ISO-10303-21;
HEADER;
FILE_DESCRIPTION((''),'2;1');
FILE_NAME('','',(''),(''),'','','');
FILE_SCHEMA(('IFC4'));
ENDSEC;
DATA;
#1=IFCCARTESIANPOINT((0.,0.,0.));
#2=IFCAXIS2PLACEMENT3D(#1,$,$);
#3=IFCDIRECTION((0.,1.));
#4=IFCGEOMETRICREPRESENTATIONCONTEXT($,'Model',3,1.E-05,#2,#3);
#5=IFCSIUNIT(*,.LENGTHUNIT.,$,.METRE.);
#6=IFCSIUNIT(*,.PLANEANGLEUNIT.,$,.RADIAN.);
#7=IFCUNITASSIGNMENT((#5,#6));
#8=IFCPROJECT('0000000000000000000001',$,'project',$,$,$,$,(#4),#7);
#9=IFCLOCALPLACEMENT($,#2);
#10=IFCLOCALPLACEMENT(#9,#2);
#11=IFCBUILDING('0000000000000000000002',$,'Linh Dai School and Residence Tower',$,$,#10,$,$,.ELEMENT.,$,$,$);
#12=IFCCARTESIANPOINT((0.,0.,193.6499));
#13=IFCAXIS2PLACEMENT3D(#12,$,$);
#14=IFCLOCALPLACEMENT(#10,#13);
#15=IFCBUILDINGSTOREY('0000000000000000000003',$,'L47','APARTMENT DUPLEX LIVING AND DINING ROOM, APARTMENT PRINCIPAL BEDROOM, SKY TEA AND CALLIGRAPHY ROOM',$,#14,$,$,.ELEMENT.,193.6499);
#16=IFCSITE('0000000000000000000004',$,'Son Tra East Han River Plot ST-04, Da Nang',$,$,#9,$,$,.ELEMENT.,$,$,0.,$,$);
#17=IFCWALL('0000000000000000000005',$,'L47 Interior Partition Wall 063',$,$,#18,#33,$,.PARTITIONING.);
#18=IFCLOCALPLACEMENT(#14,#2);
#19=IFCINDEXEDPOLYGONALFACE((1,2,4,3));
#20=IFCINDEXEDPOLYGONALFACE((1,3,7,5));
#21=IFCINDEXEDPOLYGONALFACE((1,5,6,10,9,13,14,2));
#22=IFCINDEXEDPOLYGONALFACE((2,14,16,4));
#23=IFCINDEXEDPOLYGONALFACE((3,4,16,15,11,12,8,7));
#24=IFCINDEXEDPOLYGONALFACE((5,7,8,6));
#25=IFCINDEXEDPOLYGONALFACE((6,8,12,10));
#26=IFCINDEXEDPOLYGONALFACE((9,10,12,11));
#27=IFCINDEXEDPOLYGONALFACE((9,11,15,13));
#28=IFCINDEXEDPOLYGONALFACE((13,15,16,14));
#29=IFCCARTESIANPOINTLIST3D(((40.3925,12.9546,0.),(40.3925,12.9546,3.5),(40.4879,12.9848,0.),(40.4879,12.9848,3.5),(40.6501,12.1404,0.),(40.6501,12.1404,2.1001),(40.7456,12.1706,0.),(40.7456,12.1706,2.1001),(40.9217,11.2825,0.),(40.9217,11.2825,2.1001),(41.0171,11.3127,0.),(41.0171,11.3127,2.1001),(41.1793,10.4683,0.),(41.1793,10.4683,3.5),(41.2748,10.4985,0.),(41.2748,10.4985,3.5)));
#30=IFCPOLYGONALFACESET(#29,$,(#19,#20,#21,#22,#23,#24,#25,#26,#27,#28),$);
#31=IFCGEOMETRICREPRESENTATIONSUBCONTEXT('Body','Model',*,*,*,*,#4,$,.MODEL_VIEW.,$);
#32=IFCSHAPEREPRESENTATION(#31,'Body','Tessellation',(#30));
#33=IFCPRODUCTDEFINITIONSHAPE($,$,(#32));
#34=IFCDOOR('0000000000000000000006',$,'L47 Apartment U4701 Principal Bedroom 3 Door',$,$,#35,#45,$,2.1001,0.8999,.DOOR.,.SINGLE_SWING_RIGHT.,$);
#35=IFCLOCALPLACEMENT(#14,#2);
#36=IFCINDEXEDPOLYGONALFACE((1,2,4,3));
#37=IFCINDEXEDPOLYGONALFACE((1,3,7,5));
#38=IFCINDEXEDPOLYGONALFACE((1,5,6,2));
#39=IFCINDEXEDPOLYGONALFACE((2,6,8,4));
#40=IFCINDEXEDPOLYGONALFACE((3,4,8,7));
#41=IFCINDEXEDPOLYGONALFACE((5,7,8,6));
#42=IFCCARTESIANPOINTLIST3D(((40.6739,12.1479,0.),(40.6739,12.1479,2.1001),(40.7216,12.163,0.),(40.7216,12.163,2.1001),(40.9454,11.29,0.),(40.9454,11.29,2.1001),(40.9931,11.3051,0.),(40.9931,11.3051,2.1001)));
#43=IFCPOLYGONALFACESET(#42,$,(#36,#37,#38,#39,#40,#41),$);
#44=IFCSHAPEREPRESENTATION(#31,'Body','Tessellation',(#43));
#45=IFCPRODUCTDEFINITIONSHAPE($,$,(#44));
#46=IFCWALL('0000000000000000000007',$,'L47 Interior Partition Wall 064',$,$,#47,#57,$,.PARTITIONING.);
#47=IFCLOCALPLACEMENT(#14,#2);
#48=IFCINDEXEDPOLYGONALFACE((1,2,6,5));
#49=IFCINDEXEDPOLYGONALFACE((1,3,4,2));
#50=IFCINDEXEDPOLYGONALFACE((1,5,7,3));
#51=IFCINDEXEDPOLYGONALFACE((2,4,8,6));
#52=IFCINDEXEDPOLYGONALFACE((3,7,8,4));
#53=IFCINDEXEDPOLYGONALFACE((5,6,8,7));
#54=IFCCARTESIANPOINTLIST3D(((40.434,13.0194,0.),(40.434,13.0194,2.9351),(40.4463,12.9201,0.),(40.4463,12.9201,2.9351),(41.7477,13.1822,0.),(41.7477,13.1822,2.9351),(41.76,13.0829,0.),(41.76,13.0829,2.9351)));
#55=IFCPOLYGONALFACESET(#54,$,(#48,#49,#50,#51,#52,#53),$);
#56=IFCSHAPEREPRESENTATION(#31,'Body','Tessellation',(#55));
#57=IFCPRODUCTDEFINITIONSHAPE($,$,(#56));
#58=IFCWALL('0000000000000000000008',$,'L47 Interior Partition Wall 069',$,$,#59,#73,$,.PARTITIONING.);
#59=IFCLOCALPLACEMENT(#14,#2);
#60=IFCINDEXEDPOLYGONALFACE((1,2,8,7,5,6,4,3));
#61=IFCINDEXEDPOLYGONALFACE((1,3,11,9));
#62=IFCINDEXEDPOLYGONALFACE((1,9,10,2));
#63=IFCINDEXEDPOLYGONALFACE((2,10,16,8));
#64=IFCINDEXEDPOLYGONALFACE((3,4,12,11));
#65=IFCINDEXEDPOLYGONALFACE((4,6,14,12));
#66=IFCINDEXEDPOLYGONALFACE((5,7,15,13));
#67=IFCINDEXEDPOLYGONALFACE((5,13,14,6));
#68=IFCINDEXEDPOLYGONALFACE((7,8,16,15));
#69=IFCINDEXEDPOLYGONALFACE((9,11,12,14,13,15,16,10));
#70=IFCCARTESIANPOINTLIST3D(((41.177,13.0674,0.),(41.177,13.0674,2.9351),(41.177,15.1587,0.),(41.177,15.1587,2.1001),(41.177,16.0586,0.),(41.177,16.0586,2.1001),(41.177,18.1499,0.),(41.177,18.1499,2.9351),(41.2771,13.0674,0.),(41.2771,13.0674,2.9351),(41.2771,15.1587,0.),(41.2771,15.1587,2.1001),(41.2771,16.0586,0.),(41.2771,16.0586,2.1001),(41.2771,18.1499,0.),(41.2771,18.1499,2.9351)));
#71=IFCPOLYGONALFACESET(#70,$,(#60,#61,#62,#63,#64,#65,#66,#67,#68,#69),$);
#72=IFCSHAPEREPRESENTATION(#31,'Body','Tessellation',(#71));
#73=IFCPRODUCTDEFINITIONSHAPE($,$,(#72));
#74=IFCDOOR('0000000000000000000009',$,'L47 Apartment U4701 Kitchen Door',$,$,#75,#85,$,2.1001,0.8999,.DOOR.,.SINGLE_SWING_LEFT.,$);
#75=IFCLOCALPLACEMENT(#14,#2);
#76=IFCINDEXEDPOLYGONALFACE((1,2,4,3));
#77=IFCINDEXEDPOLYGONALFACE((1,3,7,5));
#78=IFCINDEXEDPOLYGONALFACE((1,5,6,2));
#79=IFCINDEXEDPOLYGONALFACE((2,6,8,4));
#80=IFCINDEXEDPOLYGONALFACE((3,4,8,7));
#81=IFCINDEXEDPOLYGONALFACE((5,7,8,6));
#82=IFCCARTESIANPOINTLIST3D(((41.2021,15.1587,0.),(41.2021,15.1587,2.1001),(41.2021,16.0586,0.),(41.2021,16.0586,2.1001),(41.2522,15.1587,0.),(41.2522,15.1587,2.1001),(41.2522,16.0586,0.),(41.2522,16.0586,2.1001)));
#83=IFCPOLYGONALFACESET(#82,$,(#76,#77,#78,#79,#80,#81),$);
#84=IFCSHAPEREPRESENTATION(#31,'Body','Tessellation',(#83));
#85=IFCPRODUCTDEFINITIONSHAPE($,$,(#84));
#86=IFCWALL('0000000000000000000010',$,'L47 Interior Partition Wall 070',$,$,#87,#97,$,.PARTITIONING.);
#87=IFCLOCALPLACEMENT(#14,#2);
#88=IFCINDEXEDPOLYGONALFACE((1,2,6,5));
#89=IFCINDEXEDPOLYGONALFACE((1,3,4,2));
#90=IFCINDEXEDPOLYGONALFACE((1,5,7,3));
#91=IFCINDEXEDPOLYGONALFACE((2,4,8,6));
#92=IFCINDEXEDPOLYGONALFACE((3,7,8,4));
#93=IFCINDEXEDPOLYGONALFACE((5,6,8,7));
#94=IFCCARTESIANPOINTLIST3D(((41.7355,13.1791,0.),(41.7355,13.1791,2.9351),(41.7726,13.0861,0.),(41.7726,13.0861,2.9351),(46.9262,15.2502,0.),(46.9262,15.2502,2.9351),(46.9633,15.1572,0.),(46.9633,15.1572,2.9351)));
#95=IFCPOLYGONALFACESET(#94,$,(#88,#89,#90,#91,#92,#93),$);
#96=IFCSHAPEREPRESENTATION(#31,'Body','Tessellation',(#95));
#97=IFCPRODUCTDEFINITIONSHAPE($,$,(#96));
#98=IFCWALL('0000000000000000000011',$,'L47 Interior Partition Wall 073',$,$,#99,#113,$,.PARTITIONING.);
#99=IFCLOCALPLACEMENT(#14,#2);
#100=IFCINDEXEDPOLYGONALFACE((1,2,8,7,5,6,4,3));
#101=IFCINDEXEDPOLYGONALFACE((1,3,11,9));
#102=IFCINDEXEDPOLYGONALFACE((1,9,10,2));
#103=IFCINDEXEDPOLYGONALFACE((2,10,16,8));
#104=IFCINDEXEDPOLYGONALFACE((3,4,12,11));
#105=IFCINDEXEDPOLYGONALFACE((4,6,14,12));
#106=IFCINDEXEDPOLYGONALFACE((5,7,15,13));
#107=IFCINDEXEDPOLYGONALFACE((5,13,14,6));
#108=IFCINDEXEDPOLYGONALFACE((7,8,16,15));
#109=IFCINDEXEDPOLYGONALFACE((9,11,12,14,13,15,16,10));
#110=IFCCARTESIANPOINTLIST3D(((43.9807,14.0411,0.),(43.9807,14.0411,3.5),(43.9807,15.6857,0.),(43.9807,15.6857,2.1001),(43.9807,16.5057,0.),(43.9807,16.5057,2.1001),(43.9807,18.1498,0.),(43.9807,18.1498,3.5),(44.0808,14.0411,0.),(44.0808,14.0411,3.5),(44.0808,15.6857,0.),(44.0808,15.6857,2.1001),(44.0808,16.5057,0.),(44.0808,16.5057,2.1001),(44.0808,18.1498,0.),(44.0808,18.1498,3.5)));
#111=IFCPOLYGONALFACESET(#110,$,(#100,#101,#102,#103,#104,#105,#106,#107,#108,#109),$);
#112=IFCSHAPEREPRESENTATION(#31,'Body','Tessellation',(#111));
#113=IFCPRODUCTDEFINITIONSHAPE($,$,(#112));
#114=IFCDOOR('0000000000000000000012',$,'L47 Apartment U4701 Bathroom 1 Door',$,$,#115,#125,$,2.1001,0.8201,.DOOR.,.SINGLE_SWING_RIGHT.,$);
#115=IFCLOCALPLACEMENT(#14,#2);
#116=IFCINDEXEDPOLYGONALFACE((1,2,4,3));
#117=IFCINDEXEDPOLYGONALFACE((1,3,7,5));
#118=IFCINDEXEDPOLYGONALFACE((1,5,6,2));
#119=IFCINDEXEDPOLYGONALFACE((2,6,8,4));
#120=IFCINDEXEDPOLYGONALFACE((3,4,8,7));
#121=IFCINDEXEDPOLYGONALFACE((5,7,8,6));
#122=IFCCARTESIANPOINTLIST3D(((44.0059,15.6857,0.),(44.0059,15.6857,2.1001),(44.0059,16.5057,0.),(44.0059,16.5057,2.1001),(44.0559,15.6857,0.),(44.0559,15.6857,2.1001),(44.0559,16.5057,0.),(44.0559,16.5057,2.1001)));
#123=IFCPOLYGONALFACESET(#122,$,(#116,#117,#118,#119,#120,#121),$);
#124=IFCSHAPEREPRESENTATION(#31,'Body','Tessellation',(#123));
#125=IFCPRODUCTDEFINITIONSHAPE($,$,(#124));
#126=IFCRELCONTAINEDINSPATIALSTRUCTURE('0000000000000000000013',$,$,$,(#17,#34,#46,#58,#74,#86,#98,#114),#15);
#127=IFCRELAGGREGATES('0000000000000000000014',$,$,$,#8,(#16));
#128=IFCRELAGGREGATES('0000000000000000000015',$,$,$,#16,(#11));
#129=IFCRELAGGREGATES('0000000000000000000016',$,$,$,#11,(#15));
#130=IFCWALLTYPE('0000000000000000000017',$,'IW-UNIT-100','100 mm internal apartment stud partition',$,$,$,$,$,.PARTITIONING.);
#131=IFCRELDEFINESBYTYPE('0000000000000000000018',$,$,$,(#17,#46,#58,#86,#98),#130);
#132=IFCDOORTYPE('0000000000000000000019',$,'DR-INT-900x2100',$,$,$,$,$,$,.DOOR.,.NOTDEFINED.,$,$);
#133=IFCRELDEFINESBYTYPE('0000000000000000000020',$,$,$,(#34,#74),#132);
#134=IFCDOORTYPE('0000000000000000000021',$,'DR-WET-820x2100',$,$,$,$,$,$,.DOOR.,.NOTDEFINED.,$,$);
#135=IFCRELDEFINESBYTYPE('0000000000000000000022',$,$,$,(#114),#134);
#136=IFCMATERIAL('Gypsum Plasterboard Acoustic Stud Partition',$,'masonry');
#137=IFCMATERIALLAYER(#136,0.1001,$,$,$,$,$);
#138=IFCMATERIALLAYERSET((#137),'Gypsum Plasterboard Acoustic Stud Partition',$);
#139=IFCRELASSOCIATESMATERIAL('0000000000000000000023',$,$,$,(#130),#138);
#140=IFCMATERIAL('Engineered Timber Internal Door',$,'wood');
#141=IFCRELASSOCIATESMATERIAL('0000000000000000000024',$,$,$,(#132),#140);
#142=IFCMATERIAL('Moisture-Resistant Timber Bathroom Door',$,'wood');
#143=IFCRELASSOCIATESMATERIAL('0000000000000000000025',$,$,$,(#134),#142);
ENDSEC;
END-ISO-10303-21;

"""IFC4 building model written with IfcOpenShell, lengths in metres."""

from ifc_helpers import new_model, si_unit, direction, frame, frame_2d, origin, origin_2d, place, context, subcontext, project, spatial, rectangle, extrude, source, transform, mapped, material, layer, layer_set, type_object, element, fill, save


model = new_model("IFC4")

# Units and contexts
model_context = context("Model", 3, precision=1e-05, world=origin(), true_north=direction((0.0, 1.0)))
body_context = subcontext(model_context, "Body", "Model", "MODEL_VIEW")
ifc_project = project(units=[si_unit("LENGTHUNIT", "METRE"), si_unit("PLANEANGLEUNIT", "RADIAN")], contexts=[model_context])

# Site, building, storey
site_placement = place(None, origin())
site = spatial("IfcSite", under=ifc_project, at=site_placement, Name="Son Tra East Han River Plot ST-04, Da Nang", CompositionType="ELEMENT", RefElevation=0.0)
building_placement = place(site_placement, origin())
building = spatial("IfcBuilding", under=site, at=building_placement, Name="Linh Dai School and Residence Tower", CompositionType="ELEMENT")
storey_placement = place(building_placement, frame((0.0, 0.0, 193.6499)))
storey = spatial("IfcBuildingStorey", under=building, at=storey_placement, Name="L47", Description="APARTMENT DUPLEX LIVING AND DINING ROOM, APARTMENT PRINCIPAL BEDROOM, SKY TEA AND CALLIGRAPHY ROOM", CompositionType="ELEMENT", Elevation=193.6499)

# Wall, opening, door
ifc_material_1 = material(Name="Gypsum Plasterboard Acoustic Stud Partition", Category="masonry")
ifc_layer_1 = layer(ifc_material_1, 0.1001)
ifc_layer_set_1 = layer_set([ifc_layer_1], Name="Gypsum Plasterboard Acoustic Stud Partition")
wall_type_1 = type_object("IfcWallType", Name="IW-UNIT-100", Description="100 mm internal apartment stud partition", PredefinedType="PARTITIONING", material=ifc_layer_set_1)
wall_1_placement = place(storey_placement, frame((40.4402, 12.9697, 0.0), z_axis=(0.0, 0.0, 1.0), x_axis=(0.301727, -0.953394, 0.0)))
wall_1 = element("IfcWall", 1, at=wall_1_placement, inside=storey, type_object=wall_type_1, Name="L47 Interior Partition Wall 063", PredefinedType="PARTITIONING", context=body_context, shape_type="SweptSolid", body=[
    extrude(rectangle(XDim=2.6079, YDim=0.1001, at=frame_2d((1.304, 0.0))), origin(), (0.0, 0.0, 1.0), 3.5),
])
opening_1_placement = place(wall_1_placement, frame((0.854, 0.0, 0.0)))
opening_1 = element("IfcOpeningElement", 2, at=opening_1_placement, cuts=wall_1, PredefinedType="OPENING", context=body_context, shape_type="SweptSolid", body=[
    extrude(rectangle(XDim=0.8999, YDim=2.1001, at=origin_2d()), frame((0.45, 0.0601, 1.05), z_axis=(0.0, -1.0, 0.0), x_axis=(1.0, 0.0, 0.0)), (0.0, 0.0, 1.0), 0.1201),
])
ifc_material_2 = material(Name="Engineered Timber Internal Door", Category="wood")
door_type_1 = type_object("IfcDoorType", Name="DR-INT-900x2100", OperationType="NOTDEFINED", PredefinedType="DOOR", material=ifc_material_2)
shared_shape_1 = source(origin(), body_context, "Body", "SweptSolid", [
    extrude(rectangle(XDim=0.8999, YDim=2.1001, at=origin_2d()), frame((0.45, 0.0249, 1.05), z_axis=(0.0, -1.0, 0.0), x_axis=(1.0, 0.0, 0.0)), (0.0, 0.0, 1.0), 0.05),
])
door_1_placement = place(opening_1_placement, origin())
door_1 = element("IfcDoor", 3, at=door_1_placement, inside=storey, type_object=door_type_1, Name="L47 Apartment U4701 Principal Bedroom 3 Door", OperationType="SINGLE_SWING_RIGHT", OverallHeight=2.1001, OverallWidth=0.8999, PredefinedType="DOOR", context=body_context, shape_type="MappedRepresentation", body=[
    mapped(shared_shape_1, transform((0.0, 0.0, 0.0), x_axis=(1.0, 0.0, 0.0), y_axis=(0.0, 1.0, 0.0), z_axis=(0.0, 0.0, 1.0), scale=1.0)),
])
fill(opening_1, door_1)

# Wall
wall_2_placement = place(storey_placement, frame((40.4402, 12.9697, 0.0), z_axis=(0.0, 0.0, 1.0), x_axis=(0.992405, 0.123013, 0.0)))
element("IfcWall", 4, at=wall_2_placement, inside=storey, type_object=wall_type_1, Name="L47 Interior Partition Wall 064", PredefinedType="PARTITIONING", context=body_context, shape_type="SweptSolid", body=[
    extrude(rectangle(XDim=1.3237, YDim=0.1001, at=frame_2d((0.6619, 0.0))), origin(), (0.0, 0.0, 1.0), 2.9351),
])

# Wall, opening, door
wall_3_placement = place(storey_placement, frame((41.2271, 13.0674, 0.0), z_axis=(0.0, 0.0, 1.0), x_axis=(0.0, 1.0, 0.0)))
wall_3 = element("IfcWall", 5, at=wall_3_placement, inside=storey, type_object=wall_type_1, Name="L47 Interior Partition Wall 069", PredefinedType="PARTITIONING", context=body_context, shape_type="SweptSolid", body=[
    extrude(rectangle(XDim=5.0825, YDim=0.1001, at=frame_2d((2.5413, 0.0))), origin(), (0.0, 0.0, 1.0), 2.9351),
])
opening_2_placement = place(wall_3_placement, frame((2.0913, 0.0, 0.0)))
opening_2 = element("IfcOpeningElement", 6, at=opening_2_placement, cuts=wall_3, PredefinedType="OPENING", context=body_context, shape_type="SweptSolid", body=[
    extrude(rectangle(XDim=0.8999, YDim=2.1001, at=origin_2d()), frame((0.45, 0.0601, 1.05), z_axis=(0.0, -1.0, 0.0), x_axis=(1.0, 0.0, 0.0)), (0.0, 0.0, 1.0), 0.1201),
])
door_2_placement = place(opening_2_placement, origin())
door_2 = element("IfcDoor", 7, at=door_2_placement, inside=storey, type_object=door_type_1, Name="L47 Apartment U4701 Kitchen Door", OperationType="SINGLE_SWING_LEFT", OverallHeight=2.1001, OverallWidth=0.8999, PredefinedType="DOOR", context=body_context, shape_type="MappedRepresentation", body=[
    mapped(shared_shape_1, transform((0.0, 0.0, 0.0), x_axis=(1.0, 0.0, 0.0), y_axis=(0.0, 1.0, 0.0), z_axis=(0.0, 0.0, 1.0), scale=1.0)),
])
fill(opening_2, door_2)

# Wall
wall_4_placement = place(storey_placement, frame((41.7539, 13.1326, 0.0), z_axis=(0.0, 0.0, 1.0), x_axis=(0.928799, 0.370585, 0.0)))
element("IfcWall", 8, at=wall_4_placement, inside=storey, type_object=wall_type_1, Name="L47 Interior Partition Wall 070", PredefinedType="PARTITIONING", context=body_context, shape_type="SweptSolid", body=[
    extrude(rectangle(XDim=5.5886, YDim=0.1001, at=frame_2d((2.7944, 0.0))), origin(), (0.0, 0.0, 1.0), 2.9351),
])

# Wall, opening, door
wall_5_placement = place(storey_placement, frame((44.0308, 14.0413, 0.0), z_axis=(0.0, 0.0, 1.0), x_axis=(0.0, 1.0, 0.0)))
wall_5 = element("IfcWall", 9, at=wall_5_placement, inside=storey, type_object=wall_type_1, Name="L47 Interior Partition Wall 073", PredefinedType="PARTITIONING", context=body_context, shape_type="SweptSolid", body=[
    extrude(rectangle(XDim=4.1086, YDim=0.1001, at=frame_2d((2.0542, 0.0))), origin(), (0.0, 0.0, 1.0), 3.5),
])
opening_3_placement = place(wall_5_placement, frame((1.6443, 0.0, 0.0)))
opening_3 = element("IfcOpeningElement", 10, at=opening_3_placement, cuts=wall_5, PredefinedType="OPENING", context=body_context, shape_type="SweptSolid", body=[
    extrude(rectangle(XDim=0.8201, YDim=2.1001, at=origin_2d()), frame((0.4102, 0.0601, 1.05), z_axis=(0.0, -1.0, 0.0), x_axis=(1.0, 0.0, 0.0)), (0.0, 0.0, 1.0), 0.1201),
])
ifc_material_3 = material(Name="Moisture-Resistant Timber Bathroom Door", Category="wood")
door_type_2 = type_object("IfcDoorType", Name="DR-WET-820x2100", OperationType="NOTDEFINED", PredefinedType="DOOR", material=ifc_material_3)
shared_shape_2 = source(origin(), body_context, "Body", "SweptSolid", [
    extrude(rectangle(XDim=0.8201, YDim=2.1001, at=origin_2d()), frame((0.4102, 0.0249, 1.05), z_axis=(0.0, -1.0, 0.0), x_axis=(1.0, 0.0, 0.0)), (0.0, 0.0, 1.0), 0.05),
])
door_3_placement = place(opening_3_placement, origin())
door_3 = element("IfcDoor", 11, at=door_3_placement, inside=storey, type_object=door_type_2, Name="L47 Apartment U4701 Bathroom 1 Door", OperationType="SINGLE_SWING_RIGHT", OverallHeight=2.1001, OverallWidth=0.8201, PredefinedType="DOOR", context=body_context, shape_type="MappedRepresentation", body=[
    mapped(shared_shape_2, transform((0.0, 0.0, 0.0), x_axis=(1.0, 0.0, 0.0), y_axis=(0.0, 1.0, 0.0), z_axis=(0.0, 0.0, 1.0), scale=1.0)),
])
fill(opening_3, door_3)

save(model, "model.ifc")
